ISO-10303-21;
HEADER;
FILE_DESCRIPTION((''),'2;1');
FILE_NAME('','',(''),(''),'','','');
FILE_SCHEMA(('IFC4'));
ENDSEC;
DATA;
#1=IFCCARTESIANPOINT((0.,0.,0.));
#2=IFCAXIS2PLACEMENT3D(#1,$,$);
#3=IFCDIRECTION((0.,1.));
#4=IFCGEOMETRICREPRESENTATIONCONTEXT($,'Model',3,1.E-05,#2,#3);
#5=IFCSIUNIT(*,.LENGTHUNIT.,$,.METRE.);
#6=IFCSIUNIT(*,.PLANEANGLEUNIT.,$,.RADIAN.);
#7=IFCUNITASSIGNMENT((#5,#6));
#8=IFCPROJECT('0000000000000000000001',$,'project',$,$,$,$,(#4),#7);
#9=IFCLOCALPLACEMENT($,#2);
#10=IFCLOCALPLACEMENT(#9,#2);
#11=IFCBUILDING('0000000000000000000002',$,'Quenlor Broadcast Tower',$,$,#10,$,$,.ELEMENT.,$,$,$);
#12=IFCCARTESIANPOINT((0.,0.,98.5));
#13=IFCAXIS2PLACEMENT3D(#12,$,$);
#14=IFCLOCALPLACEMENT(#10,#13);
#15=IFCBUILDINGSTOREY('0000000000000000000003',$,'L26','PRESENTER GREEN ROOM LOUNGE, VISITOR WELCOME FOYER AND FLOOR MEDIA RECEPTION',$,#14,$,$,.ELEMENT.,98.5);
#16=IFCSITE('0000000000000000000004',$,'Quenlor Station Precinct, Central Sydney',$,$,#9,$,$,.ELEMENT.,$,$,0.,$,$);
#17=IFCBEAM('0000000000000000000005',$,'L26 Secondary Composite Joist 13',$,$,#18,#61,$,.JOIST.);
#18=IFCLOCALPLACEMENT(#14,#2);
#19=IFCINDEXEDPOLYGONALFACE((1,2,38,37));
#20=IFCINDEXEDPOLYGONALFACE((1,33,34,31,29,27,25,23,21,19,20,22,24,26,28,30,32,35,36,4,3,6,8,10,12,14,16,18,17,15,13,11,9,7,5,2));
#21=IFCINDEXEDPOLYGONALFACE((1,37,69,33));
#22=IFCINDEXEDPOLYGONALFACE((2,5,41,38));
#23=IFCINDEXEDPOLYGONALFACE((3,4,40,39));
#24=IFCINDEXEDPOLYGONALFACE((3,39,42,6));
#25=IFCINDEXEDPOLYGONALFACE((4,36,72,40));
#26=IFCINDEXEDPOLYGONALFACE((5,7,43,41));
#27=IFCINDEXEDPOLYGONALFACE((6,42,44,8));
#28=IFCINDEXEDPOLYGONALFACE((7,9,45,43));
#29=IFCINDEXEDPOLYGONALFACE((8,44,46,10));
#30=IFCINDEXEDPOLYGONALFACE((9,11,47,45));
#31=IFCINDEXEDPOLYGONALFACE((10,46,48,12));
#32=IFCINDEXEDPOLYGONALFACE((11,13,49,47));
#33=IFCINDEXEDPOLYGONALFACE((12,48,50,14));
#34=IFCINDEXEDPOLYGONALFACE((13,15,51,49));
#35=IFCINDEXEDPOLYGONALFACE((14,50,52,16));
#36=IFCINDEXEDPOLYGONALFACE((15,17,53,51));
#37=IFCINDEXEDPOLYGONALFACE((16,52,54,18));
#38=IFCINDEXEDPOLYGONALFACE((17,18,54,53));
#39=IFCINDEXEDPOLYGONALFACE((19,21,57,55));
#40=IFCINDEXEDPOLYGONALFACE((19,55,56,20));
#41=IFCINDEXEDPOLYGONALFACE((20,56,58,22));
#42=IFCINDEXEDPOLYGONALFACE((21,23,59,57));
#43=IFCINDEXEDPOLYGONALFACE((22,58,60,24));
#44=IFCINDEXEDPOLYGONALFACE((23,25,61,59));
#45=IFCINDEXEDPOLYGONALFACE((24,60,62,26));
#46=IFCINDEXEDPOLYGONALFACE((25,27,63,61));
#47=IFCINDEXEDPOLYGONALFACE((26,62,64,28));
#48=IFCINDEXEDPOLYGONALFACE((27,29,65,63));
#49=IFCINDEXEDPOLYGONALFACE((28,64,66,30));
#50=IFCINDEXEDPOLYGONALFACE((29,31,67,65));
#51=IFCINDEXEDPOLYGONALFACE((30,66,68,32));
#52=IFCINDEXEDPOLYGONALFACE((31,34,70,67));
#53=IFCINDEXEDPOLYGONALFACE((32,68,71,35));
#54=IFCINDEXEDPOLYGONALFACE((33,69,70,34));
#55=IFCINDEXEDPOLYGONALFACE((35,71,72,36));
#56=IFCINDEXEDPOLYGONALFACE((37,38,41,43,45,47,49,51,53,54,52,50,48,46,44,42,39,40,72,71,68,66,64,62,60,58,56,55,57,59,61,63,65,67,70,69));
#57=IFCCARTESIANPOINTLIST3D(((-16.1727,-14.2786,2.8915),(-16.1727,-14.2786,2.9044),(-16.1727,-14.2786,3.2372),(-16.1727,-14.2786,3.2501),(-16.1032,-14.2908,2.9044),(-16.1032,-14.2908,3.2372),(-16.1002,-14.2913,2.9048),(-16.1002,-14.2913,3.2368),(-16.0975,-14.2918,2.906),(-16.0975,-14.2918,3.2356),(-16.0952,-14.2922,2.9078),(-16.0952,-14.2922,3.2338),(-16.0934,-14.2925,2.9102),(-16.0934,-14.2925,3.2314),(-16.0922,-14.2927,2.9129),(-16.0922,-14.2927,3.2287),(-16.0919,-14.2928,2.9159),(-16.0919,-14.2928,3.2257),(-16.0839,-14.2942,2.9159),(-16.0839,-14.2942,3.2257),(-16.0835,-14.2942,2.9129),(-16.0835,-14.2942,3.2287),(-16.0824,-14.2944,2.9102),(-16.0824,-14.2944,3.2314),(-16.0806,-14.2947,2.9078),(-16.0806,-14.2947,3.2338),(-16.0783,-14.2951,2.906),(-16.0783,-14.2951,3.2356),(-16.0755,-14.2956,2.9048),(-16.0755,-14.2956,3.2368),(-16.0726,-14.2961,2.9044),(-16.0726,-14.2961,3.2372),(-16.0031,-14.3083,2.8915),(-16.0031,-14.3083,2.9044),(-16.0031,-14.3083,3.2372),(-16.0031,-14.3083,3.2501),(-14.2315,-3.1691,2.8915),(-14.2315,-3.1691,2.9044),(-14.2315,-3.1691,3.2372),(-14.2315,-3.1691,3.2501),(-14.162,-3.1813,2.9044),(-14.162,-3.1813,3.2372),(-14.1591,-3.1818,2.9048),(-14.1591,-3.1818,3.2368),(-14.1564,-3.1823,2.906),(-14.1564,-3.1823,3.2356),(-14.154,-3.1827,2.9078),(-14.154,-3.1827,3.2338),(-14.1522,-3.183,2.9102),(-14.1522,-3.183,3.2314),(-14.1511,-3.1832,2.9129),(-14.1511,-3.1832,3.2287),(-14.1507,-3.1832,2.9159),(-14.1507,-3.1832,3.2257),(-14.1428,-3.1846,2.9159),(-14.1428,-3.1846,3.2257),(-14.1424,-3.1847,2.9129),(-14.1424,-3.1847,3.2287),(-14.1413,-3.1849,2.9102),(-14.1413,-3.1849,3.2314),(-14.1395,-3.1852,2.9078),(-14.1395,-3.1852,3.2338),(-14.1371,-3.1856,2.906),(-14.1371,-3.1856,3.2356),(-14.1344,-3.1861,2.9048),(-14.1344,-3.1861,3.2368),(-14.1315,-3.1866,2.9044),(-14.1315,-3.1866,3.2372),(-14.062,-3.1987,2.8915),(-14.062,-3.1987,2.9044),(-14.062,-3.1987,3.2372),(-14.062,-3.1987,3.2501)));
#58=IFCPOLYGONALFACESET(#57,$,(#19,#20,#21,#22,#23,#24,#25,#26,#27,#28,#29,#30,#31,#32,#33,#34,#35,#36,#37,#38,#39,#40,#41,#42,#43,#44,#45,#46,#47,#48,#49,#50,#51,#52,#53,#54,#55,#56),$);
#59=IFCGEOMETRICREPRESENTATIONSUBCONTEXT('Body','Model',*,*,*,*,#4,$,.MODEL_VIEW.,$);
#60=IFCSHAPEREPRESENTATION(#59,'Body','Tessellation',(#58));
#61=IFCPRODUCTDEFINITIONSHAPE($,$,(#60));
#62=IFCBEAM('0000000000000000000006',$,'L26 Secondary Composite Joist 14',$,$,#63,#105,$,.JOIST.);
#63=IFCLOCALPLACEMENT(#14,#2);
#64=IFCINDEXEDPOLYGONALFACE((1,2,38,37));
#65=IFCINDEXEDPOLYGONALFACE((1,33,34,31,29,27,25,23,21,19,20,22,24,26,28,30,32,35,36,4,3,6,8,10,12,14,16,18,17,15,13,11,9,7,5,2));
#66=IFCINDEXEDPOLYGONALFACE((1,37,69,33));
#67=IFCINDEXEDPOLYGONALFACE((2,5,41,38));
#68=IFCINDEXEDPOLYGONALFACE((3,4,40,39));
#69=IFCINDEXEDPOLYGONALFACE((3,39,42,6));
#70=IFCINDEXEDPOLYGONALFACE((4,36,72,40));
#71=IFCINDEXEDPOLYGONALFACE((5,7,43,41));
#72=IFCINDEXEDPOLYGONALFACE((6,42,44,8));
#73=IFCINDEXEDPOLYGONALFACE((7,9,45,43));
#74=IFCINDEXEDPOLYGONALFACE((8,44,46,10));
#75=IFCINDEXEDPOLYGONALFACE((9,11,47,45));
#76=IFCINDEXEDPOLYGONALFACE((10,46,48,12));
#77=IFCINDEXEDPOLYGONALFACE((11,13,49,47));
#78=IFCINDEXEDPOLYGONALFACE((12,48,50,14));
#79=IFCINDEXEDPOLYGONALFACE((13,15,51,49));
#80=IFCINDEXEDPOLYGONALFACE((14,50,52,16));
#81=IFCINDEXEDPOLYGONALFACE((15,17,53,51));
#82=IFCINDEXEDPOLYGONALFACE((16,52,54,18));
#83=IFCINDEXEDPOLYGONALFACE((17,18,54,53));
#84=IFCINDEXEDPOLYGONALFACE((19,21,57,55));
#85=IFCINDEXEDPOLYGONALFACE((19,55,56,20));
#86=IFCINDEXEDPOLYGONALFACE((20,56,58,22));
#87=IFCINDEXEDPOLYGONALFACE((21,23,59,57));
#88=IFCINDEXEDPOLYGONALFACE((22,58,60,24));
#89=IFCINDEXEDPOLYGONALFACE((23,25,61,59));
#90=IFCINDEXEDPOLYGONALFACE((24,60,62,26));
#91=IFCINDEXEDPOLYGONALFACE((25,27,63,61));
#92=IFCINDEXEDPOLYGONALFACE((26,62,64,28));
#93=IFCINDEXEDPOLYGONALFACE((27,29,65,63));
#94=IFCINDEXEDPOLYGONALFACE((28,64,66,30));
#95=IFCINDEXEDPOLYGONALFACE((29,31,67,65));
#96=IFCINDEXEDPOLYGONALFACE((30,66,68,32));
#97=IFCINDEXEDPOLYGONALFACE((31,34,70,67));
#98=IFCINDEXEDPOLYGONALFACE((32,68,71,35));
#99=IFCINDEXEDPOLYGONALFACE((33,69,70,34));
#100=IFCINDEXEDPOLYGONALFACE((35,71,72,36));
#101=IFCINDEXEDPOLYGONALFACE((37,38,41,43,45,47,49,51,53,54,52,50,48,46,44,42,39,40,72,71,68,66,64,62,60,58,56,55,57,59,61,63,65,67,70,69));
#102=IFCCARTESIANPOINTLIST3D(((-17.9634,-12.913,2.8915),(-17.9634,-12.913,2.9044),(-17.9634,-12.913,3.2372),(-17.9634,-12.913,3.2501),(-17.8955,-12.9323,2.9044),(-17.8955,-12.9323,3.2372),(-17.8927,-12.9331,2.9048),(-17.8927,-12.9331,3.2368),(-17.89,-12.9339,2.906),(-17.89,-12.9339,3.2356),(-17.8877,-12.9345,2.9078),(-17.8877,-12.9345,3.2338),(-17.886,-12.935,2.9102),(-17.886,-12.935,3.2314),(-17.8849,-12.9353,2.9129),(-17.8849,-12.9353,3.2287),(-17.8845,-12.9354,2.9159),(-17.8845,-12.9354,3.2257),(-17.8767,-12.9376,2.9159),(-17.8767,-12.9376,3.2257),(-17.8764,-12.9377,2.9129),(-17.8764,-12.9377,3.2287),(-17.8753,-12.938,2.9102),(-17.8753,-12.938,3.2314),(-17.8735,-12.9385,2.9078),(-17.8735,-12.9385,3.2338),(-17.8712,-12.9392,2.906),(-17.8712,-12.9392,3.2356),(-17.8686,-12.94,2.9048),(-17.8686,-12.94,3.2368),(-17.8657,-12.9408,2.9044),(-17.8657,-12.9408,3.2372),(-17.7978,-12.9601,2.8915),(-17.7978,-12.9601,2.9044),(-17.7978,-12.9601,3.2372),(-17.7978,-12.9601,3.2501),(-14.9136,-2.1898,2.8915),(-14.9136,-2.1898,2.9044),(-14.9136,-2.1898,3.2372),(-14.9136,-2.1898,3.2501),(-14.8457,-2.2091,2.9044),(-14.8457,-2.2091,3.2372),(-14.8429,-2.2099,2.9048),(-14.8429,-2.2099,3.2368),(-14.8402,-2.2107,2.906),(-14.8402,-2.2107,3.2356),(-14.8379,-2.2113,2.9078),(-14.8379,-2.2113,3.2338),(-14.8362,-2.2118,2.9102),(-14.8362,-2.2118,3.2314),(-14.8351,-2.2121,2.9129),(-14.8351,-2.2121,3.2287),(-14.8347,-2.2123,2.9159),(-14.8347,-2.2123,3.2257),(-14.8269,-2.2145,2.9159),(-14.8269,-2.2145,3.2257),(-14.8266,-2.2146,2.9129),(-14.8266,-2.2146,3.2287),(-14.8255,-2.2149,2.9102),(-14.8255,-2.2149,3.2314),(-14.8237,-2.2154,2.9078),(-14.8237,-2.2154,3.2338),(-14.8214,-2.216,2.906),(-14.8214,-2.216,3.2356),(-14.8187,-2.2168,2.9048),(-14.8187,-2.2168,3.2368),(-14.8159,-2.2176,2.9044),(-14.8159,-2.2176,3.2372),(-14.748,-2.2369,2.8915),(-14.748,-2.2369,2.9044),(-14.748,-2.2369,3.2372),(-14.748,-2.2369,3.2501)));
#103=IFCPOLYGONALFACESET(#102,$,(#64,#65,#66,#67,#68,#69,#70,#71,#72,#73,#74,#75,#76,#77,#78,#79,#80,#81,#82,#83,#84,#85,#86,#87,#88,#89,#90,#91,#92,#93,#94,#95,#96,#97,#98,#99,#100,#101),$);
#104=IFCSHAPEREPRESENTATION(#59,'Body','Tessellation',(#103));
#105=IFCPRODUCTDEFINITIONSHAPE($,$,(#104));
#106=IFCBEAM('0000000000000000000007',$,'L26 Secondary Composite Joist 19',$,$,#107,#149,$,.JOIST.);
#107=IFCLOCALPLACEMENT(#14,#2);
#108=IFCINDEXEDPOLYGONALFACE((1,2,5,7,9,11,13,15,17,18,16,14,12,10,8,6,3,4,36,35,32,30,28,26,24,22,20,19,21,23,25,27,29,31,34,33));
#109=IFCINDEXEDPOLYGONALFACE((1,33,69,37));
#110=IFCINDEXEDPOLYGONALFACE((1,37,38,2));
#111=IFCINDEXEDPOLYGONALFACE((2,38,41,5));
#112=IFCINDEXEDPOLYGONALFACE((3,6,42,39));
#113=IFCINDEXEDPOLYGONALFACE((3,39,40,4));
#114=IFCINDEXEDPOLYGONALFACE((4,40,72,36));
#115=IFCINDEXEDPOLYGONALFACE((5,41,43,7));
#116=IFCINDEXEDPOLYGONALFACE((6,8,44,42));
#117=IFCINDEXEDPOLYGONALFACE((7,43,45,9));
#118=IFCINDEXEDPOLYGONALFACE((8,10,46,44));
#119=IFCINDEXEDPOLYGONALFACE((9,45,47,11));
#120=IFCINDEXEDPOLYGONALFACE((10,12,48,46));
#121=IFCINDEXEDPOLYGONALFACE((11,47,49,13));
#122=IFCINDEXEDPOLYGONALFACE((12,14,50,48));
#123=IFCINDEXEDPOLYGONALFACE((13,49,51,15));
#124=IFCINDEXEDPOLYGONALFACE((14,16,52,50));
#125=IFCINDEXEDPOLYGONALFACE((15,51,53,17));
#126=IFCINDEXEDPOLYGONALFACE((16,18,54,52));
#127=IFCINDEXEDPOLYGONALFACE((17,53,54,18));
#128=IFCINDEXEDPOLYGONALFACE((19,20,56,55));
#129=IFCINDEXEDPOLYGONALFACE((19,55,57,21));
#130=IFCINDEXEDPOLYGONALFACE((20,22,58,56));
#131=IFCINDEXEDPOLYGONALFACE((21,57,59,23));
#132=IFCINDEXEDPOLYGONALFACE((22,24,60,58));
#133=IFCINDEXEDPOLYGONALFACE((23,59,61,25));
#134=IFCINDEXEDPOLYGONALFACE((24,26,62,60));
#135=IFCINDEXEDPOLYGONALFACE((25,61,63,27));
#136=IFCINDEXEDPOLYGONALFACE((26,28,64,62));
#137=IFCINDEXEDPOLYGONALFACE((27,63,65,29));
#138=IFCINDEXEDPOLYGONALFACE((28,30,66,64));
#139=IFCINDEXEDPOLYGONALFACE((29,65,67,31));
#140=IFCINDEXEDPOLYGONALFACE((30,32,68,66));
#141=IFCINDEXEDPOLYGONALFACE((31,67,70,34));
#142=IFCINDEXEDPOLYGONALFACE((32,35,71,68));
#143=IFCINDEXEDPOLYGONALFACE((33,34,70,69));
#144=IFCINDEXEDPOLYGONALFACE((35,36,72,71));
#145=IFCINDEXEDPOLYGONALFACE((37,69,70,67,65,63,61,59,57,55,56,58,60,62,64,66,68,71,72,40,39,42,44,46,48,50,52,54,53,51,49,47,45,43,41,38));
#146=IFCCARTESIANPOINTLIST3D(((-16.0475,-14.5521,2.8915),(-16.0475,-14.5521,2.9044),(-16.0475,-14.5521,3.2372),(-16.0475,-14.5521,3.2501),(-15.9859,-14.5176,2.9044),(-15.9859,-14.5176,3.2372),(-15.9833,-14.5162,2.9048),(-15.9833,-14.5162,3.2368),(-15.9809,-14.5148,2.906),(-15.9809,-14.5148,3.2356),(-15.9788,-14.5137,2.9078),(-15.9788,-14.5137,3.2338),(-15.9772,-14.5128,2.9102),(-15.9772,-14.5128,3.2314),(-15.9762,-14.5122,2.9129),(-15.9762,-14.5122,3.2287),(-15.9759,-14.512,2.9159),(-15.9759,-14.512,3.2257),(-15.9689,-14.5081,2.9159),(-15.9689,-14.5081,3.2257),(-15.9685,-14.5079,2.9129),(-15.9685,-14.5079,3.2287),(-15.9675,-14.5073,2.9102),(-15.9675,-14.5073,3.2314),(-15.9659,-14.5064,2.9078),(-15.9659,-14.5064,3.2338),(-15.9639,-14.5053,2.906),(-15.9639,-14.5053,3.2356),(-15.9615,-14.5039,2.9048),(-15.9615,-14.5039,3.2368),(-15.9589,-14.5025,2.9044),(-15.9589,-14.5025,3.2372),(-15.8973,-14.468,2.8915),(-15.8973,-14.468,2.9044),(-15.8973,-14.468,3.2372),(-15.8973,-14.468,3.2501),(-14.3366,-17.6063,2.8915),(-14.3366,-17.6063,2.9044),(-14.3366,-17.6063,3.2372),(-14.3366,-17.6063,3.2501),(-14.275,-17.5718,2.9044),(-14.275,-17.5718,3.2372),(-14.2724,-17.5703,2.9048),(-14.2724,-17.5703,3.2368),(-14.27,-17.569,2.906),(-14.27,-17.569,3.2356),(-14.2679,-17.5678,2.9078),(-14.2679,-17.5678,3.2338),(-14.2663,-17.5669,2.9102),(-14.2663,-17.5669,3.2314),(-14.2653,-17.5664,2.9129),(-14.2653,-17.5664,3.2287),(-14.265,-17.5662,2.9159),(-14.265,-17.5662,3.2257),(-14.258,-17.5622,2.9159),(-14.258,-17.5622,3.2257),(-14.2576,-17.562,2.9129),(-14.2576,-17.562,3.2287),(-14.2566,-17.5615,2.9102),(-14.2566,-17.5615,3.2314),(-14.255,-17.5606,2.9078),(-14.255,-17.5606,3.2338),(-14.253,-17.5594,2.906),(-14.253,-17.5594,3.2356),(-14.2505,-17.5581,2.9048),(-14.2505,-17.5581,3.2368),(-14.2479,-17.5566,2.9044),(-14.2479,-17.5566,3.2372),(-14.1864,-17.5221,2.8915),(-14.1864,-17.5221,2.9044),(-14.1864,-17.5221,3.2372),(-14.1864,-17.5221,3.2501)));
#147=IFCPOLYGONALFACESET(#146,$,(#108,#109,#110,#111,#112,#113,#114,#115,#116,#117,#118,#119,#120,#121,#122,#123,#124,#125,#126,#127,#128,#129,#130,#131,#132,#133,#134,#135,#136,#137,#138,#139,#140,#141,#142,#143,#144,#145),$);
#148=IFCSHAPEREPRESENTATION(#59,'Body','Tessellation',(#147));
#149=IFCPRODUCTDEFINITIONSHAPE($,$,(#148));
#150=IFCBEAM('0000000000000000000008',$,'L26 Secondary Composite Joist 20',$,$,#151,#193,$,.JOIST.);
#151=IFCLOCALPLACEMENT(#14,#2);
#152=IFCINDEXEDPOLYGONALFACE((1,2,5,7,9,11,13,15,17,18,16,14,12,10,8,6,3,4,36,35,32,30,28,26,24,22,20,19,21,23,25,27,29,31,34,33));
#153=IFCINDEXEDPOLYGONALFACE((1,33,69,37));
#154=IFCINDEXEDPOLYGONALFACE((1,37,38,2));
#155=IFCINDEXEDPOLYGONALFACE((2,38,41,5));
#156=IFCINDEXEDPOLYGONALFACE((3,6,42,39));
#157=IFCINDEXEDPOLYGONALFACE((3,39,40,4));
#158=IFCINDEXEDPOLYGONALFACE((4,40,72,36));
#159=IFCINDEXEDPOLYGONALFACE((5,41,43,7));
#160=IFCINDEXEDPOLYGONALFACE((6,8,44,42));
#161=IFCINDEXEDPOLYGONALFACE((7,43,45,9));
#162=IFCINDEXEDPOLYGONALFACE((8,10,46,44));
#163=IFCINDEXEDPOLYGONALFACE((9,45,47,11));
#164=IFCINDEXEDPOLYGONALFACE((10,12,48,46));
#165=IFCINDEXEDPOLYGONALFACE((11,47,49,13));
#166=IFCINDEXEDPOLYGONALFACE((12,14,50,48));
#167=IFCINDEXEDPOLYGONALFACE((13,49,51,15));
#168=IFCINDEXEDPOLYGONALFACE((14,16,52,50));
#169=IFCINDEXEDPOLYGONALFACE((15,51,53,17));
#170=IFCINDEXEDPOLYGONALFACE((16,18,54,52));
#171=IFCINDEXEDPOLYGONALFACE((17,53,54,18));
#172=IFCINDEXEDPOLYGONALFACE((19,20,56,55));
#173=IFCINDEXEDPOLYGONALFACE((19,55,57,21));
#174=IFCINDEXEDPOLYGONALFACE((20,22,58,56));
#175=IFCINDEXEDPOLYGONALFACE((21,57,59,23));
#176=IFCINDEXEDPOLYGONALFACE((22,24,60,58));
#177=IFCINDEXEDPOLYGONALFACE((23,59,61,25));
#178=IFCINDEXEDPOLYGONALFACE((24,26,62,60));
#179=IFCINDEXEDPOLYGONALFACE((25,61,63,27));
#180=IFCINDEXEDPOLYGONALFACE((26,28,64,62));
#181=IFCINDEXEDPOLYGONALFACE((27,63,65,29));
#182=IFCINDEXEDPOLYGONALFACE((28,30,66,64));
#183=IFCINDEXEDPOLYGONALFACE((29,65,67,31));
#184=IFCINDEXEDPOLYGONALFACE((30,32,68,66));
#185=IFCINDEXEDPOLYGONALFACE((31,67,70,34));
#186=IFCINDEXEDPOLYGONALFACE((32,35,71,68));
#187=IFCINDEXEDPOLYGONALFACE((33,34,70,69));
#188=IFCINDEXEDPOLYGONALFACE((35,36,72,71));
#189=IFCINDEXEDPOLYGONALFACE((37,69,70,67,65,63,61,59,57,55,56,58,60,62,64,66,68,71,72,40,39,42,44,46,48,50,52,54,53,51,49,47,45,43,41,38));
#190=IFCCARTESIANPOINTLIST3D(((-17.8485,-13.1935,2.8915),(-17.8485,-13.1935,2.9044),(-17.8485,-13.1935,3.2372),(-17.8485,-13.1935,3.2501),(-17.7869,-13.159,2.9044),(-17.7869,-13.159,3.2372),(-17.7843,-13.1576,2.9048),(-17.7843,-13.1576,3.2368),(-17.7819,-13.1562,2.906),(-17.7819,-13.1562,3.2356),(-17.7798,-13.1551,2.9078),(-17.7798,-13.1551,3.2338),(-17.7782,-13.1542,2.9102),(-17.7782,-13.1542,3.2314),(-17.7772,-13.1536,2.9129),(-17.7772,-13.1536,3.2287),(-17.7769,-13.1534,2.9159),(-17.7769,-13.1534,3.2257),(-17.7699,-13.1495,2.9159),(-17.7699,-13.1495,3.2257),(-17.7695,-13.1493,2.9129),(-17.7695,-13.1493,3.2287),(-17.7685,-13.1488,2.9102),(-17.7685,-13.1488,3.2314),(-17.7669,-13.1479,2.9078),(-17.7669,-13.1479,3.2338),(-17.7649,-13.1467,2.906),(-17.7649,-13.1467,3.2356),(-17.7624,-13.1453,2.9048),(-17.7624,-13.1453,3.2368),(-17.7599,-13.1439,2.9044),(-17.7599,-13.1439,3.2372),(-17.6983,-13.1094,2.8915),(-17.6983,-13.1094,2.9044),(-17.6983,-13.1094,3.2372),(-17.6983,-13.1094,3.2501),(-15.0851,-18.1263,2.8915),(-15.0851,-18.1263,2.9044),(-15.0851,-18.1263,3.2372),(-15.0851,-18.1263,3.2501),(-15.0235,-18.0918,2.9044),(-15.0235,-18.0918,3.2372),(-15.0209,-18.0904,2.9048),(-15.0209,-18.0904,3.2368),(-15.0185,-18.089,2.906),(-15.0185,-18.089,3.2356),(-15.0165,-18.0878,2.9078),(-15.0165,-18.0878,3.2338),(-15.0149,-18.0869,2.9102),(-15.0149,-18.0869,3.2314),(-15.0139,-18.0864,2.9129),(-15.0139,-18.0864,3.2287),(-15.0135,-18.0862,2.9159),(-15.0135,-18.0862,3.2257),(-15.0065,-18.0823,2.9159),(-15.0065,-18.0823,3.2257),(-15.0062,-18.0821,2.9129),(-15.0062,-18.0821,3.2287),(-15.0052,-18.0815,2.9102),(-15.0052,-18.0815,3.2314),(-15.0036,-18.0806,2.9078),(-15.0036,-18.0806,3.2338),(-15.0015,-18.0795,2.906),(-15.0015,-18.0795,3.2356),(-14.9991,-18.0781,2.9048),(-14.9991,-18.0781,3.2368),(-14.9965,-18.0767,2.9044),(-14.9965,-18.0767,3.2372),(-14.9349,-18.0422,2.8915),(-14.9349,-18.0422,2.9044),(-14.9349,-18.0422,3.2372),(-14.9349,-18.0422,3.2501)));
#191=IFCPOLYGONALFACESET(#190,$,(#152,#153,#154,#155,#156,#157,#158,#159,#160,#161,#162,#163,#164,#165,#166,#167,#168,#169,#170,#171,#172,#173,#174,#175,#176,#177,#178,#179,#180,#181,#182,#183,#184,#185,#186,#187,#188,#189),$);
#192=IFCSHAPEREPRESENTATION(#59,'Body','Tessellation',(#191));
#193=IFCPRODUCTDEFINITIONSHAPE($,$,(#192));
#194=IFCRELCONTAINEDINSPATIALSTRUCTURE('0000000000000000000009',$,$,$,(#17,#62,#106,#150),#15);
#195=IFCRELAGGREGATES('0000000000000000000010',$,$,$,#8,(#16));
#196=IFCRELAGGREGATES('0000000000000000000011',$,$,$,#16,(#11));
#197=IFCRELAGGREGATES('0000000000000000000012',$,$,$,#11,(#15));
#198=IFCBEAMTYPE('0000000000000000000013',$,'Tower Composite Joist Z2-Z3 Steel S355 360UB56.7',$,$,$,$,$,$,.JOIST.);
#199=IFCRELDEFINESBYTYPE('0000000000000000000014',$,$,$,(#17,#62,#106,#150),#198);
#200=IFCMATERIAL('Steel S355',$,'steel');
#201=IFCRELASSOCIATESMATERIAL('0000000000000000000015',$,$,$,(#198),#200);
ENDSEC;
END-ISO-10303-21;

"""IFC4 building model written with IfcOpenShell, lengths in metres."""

from ifc_helpers import new_model, si_unit, direction, frame, origin, origin_2d, place, context, subcontext, project, spatial, i_section, extrude, material, material_profile, profile_set, type_object, element, save


model = new_model("IFC4")

# Units and contexts
model_context = context("Model", 3, precision=1e-05, world=origin(), true_north=direction((0.0, 1.0)))
body_context = subcontext(model_context, "Body", "Model", "MODEL_VIEW")
ifc_project = project(units=[si_unit("LENGTHUNIT", "METRE"), si_unit("PLANEANGLEUNIT", "RADIAN")], contexts=[model_context])

# Site, building, storey
site_placement = place(None, origin())
site = spatial("IfcSite", under=ifc_project, at=site_placement, Name="Quenlor Station Precinct, Central Sydney", CompositionType="ELEMENT", RefElevation=0.0)
building_placement = place(site_placement, origin())
building = spatial("IfcBuilding", under=site, at=building_placement, Name="Quenlor Broadcast Tower", CompositionType="ELEMENT")
storey_placement = place(building_placement, frame((0.0, 0.0, 98.5)))
storey = spatial("IfcBuildingStorey", under=building, at=storey_placement, Name="L26", Description="PRESENTER GREEN ROOM LOUNGE, VISITOR WELCOME FOYER AND FLOOR MEDIA RECEPTION", CompositionType="ELEMENT", Elevation=98.5)

# Beams
ifc_material_1 = material(Name="Steel S355", Category="steel")
ifc_material_profile_1 = material_profile(ifc_material_1, i_section(OverallWidth=0.1721, OverallDepth=0.3586, WebThickness=0.0081, FlangeThickness=0.0129, FilletRadius=0.0115, at=origin_2d()))
ifc_profile_set_1 = profile_set([ifc_material_profile_1], Name="Steel S355 360UB56.7")
beam_type_1 = type_object("IfcBeamType", Name="Tower Composite Joist Z2-Z3 Steel S355 360UB56.7", PredefinedType="JOIST", material=ifc_profile_set_1)
beam_1_placement = place(storey_placement, frame((-16.0879, -14.2935, 3.0708), z_axis=(0.17212, 0.985076, 0.0), x_axis=(-0.985076, 0.17212, 0.0)))
element("IfcBeam", 1, at=beam_1_placement, inside=storey, type_object=beam_type_1, Name="L26 Secondary Composite Joist 13", PredefinedType="JOIST", context=body_context, shape_type="SweptSolid", body=[
    extrude(i_section(OverallWidth=0.1721, OverallDepth=0.3586, WebThickness=0.0081, FlangeThickness=0.0129, FilletRadius=0.0115, at=origin_2d()), origin(), (0.0, 0.0, 1.0), 11.2778),
])
beam_2_placement = place(storey_placement, frame((-17.8806, -12.9365, 3.0708), z_axis=(0.273564, 0.961854, 0.0), x_axis=(-0.961854, 0.273564, 0.0)))
element("IfcBeam", 2, at=beam_2_placement, inside=storey, type_object=beam_type_1, Name="L26 Secondary Composite Joist 14", PredefinedType="JOIST", context=body_context, shape_type="SweptSolid", body=[
    extrude(i_section(OverallWidth=0.1721, OverallDepth=0.3586, WebThickness=0.0081, FlangeThickness=0.0129, FilletRadius=0.0115, at=origin_2d()), origin(), (0.0, 0.0, 1.0), 11.1484),
])
beam_3_placement = place(storey_placement, frame((-14.2615, -17.5642, 3.0708), z_axis=(-0.488731, 0.872435, 0.0), x_axis=(-0.872435, -0.488731, 0.0)))
element("IfcBeam", 3, at=beam_3_placement, inside=storey, type_object=beam_type_1, Name="L26 Secondary Composite Joist 19", PredefinedType="JOIST", context=body_context, shape_type="SweptSolid", body=[
    extrude(i_section(OverallWidth=0.1721, OverallDepth=0.3586, WebThickness=0.0081, FlangeThickness=0.0129, FilletRadius=0.0115, at=origin_2d()), origin(), (0.0, 0.0, 1.0), 3.5007),
])
beam_4_placement = place(storey_placement, frame((-15.01, -18.0842, 3.0708), z_axis=(-0.488741, 0.872429, 0.0), x_axis=(-0.872429, -0.488741, 0.0)))
element("IfcBeam", 4, at=beam_4_placement, inside=storey, type_object=beam_type_1, Name="L26 Secondary Composite Joist 20", PredefinedType="JOIST", context=body_context, shape_type="SweptSolid", body=[
    extrude(i_section(OverallWidth=0.1721, OverallDepth=0.3586, WebThickness=0.0081, FlangeThickness=0.0129, FilletRadius=0.0115, at=origin_2d()), origin(), (0.0, 0.0, 1.0), 5.6541),
])

save(model, "model.ifc")
